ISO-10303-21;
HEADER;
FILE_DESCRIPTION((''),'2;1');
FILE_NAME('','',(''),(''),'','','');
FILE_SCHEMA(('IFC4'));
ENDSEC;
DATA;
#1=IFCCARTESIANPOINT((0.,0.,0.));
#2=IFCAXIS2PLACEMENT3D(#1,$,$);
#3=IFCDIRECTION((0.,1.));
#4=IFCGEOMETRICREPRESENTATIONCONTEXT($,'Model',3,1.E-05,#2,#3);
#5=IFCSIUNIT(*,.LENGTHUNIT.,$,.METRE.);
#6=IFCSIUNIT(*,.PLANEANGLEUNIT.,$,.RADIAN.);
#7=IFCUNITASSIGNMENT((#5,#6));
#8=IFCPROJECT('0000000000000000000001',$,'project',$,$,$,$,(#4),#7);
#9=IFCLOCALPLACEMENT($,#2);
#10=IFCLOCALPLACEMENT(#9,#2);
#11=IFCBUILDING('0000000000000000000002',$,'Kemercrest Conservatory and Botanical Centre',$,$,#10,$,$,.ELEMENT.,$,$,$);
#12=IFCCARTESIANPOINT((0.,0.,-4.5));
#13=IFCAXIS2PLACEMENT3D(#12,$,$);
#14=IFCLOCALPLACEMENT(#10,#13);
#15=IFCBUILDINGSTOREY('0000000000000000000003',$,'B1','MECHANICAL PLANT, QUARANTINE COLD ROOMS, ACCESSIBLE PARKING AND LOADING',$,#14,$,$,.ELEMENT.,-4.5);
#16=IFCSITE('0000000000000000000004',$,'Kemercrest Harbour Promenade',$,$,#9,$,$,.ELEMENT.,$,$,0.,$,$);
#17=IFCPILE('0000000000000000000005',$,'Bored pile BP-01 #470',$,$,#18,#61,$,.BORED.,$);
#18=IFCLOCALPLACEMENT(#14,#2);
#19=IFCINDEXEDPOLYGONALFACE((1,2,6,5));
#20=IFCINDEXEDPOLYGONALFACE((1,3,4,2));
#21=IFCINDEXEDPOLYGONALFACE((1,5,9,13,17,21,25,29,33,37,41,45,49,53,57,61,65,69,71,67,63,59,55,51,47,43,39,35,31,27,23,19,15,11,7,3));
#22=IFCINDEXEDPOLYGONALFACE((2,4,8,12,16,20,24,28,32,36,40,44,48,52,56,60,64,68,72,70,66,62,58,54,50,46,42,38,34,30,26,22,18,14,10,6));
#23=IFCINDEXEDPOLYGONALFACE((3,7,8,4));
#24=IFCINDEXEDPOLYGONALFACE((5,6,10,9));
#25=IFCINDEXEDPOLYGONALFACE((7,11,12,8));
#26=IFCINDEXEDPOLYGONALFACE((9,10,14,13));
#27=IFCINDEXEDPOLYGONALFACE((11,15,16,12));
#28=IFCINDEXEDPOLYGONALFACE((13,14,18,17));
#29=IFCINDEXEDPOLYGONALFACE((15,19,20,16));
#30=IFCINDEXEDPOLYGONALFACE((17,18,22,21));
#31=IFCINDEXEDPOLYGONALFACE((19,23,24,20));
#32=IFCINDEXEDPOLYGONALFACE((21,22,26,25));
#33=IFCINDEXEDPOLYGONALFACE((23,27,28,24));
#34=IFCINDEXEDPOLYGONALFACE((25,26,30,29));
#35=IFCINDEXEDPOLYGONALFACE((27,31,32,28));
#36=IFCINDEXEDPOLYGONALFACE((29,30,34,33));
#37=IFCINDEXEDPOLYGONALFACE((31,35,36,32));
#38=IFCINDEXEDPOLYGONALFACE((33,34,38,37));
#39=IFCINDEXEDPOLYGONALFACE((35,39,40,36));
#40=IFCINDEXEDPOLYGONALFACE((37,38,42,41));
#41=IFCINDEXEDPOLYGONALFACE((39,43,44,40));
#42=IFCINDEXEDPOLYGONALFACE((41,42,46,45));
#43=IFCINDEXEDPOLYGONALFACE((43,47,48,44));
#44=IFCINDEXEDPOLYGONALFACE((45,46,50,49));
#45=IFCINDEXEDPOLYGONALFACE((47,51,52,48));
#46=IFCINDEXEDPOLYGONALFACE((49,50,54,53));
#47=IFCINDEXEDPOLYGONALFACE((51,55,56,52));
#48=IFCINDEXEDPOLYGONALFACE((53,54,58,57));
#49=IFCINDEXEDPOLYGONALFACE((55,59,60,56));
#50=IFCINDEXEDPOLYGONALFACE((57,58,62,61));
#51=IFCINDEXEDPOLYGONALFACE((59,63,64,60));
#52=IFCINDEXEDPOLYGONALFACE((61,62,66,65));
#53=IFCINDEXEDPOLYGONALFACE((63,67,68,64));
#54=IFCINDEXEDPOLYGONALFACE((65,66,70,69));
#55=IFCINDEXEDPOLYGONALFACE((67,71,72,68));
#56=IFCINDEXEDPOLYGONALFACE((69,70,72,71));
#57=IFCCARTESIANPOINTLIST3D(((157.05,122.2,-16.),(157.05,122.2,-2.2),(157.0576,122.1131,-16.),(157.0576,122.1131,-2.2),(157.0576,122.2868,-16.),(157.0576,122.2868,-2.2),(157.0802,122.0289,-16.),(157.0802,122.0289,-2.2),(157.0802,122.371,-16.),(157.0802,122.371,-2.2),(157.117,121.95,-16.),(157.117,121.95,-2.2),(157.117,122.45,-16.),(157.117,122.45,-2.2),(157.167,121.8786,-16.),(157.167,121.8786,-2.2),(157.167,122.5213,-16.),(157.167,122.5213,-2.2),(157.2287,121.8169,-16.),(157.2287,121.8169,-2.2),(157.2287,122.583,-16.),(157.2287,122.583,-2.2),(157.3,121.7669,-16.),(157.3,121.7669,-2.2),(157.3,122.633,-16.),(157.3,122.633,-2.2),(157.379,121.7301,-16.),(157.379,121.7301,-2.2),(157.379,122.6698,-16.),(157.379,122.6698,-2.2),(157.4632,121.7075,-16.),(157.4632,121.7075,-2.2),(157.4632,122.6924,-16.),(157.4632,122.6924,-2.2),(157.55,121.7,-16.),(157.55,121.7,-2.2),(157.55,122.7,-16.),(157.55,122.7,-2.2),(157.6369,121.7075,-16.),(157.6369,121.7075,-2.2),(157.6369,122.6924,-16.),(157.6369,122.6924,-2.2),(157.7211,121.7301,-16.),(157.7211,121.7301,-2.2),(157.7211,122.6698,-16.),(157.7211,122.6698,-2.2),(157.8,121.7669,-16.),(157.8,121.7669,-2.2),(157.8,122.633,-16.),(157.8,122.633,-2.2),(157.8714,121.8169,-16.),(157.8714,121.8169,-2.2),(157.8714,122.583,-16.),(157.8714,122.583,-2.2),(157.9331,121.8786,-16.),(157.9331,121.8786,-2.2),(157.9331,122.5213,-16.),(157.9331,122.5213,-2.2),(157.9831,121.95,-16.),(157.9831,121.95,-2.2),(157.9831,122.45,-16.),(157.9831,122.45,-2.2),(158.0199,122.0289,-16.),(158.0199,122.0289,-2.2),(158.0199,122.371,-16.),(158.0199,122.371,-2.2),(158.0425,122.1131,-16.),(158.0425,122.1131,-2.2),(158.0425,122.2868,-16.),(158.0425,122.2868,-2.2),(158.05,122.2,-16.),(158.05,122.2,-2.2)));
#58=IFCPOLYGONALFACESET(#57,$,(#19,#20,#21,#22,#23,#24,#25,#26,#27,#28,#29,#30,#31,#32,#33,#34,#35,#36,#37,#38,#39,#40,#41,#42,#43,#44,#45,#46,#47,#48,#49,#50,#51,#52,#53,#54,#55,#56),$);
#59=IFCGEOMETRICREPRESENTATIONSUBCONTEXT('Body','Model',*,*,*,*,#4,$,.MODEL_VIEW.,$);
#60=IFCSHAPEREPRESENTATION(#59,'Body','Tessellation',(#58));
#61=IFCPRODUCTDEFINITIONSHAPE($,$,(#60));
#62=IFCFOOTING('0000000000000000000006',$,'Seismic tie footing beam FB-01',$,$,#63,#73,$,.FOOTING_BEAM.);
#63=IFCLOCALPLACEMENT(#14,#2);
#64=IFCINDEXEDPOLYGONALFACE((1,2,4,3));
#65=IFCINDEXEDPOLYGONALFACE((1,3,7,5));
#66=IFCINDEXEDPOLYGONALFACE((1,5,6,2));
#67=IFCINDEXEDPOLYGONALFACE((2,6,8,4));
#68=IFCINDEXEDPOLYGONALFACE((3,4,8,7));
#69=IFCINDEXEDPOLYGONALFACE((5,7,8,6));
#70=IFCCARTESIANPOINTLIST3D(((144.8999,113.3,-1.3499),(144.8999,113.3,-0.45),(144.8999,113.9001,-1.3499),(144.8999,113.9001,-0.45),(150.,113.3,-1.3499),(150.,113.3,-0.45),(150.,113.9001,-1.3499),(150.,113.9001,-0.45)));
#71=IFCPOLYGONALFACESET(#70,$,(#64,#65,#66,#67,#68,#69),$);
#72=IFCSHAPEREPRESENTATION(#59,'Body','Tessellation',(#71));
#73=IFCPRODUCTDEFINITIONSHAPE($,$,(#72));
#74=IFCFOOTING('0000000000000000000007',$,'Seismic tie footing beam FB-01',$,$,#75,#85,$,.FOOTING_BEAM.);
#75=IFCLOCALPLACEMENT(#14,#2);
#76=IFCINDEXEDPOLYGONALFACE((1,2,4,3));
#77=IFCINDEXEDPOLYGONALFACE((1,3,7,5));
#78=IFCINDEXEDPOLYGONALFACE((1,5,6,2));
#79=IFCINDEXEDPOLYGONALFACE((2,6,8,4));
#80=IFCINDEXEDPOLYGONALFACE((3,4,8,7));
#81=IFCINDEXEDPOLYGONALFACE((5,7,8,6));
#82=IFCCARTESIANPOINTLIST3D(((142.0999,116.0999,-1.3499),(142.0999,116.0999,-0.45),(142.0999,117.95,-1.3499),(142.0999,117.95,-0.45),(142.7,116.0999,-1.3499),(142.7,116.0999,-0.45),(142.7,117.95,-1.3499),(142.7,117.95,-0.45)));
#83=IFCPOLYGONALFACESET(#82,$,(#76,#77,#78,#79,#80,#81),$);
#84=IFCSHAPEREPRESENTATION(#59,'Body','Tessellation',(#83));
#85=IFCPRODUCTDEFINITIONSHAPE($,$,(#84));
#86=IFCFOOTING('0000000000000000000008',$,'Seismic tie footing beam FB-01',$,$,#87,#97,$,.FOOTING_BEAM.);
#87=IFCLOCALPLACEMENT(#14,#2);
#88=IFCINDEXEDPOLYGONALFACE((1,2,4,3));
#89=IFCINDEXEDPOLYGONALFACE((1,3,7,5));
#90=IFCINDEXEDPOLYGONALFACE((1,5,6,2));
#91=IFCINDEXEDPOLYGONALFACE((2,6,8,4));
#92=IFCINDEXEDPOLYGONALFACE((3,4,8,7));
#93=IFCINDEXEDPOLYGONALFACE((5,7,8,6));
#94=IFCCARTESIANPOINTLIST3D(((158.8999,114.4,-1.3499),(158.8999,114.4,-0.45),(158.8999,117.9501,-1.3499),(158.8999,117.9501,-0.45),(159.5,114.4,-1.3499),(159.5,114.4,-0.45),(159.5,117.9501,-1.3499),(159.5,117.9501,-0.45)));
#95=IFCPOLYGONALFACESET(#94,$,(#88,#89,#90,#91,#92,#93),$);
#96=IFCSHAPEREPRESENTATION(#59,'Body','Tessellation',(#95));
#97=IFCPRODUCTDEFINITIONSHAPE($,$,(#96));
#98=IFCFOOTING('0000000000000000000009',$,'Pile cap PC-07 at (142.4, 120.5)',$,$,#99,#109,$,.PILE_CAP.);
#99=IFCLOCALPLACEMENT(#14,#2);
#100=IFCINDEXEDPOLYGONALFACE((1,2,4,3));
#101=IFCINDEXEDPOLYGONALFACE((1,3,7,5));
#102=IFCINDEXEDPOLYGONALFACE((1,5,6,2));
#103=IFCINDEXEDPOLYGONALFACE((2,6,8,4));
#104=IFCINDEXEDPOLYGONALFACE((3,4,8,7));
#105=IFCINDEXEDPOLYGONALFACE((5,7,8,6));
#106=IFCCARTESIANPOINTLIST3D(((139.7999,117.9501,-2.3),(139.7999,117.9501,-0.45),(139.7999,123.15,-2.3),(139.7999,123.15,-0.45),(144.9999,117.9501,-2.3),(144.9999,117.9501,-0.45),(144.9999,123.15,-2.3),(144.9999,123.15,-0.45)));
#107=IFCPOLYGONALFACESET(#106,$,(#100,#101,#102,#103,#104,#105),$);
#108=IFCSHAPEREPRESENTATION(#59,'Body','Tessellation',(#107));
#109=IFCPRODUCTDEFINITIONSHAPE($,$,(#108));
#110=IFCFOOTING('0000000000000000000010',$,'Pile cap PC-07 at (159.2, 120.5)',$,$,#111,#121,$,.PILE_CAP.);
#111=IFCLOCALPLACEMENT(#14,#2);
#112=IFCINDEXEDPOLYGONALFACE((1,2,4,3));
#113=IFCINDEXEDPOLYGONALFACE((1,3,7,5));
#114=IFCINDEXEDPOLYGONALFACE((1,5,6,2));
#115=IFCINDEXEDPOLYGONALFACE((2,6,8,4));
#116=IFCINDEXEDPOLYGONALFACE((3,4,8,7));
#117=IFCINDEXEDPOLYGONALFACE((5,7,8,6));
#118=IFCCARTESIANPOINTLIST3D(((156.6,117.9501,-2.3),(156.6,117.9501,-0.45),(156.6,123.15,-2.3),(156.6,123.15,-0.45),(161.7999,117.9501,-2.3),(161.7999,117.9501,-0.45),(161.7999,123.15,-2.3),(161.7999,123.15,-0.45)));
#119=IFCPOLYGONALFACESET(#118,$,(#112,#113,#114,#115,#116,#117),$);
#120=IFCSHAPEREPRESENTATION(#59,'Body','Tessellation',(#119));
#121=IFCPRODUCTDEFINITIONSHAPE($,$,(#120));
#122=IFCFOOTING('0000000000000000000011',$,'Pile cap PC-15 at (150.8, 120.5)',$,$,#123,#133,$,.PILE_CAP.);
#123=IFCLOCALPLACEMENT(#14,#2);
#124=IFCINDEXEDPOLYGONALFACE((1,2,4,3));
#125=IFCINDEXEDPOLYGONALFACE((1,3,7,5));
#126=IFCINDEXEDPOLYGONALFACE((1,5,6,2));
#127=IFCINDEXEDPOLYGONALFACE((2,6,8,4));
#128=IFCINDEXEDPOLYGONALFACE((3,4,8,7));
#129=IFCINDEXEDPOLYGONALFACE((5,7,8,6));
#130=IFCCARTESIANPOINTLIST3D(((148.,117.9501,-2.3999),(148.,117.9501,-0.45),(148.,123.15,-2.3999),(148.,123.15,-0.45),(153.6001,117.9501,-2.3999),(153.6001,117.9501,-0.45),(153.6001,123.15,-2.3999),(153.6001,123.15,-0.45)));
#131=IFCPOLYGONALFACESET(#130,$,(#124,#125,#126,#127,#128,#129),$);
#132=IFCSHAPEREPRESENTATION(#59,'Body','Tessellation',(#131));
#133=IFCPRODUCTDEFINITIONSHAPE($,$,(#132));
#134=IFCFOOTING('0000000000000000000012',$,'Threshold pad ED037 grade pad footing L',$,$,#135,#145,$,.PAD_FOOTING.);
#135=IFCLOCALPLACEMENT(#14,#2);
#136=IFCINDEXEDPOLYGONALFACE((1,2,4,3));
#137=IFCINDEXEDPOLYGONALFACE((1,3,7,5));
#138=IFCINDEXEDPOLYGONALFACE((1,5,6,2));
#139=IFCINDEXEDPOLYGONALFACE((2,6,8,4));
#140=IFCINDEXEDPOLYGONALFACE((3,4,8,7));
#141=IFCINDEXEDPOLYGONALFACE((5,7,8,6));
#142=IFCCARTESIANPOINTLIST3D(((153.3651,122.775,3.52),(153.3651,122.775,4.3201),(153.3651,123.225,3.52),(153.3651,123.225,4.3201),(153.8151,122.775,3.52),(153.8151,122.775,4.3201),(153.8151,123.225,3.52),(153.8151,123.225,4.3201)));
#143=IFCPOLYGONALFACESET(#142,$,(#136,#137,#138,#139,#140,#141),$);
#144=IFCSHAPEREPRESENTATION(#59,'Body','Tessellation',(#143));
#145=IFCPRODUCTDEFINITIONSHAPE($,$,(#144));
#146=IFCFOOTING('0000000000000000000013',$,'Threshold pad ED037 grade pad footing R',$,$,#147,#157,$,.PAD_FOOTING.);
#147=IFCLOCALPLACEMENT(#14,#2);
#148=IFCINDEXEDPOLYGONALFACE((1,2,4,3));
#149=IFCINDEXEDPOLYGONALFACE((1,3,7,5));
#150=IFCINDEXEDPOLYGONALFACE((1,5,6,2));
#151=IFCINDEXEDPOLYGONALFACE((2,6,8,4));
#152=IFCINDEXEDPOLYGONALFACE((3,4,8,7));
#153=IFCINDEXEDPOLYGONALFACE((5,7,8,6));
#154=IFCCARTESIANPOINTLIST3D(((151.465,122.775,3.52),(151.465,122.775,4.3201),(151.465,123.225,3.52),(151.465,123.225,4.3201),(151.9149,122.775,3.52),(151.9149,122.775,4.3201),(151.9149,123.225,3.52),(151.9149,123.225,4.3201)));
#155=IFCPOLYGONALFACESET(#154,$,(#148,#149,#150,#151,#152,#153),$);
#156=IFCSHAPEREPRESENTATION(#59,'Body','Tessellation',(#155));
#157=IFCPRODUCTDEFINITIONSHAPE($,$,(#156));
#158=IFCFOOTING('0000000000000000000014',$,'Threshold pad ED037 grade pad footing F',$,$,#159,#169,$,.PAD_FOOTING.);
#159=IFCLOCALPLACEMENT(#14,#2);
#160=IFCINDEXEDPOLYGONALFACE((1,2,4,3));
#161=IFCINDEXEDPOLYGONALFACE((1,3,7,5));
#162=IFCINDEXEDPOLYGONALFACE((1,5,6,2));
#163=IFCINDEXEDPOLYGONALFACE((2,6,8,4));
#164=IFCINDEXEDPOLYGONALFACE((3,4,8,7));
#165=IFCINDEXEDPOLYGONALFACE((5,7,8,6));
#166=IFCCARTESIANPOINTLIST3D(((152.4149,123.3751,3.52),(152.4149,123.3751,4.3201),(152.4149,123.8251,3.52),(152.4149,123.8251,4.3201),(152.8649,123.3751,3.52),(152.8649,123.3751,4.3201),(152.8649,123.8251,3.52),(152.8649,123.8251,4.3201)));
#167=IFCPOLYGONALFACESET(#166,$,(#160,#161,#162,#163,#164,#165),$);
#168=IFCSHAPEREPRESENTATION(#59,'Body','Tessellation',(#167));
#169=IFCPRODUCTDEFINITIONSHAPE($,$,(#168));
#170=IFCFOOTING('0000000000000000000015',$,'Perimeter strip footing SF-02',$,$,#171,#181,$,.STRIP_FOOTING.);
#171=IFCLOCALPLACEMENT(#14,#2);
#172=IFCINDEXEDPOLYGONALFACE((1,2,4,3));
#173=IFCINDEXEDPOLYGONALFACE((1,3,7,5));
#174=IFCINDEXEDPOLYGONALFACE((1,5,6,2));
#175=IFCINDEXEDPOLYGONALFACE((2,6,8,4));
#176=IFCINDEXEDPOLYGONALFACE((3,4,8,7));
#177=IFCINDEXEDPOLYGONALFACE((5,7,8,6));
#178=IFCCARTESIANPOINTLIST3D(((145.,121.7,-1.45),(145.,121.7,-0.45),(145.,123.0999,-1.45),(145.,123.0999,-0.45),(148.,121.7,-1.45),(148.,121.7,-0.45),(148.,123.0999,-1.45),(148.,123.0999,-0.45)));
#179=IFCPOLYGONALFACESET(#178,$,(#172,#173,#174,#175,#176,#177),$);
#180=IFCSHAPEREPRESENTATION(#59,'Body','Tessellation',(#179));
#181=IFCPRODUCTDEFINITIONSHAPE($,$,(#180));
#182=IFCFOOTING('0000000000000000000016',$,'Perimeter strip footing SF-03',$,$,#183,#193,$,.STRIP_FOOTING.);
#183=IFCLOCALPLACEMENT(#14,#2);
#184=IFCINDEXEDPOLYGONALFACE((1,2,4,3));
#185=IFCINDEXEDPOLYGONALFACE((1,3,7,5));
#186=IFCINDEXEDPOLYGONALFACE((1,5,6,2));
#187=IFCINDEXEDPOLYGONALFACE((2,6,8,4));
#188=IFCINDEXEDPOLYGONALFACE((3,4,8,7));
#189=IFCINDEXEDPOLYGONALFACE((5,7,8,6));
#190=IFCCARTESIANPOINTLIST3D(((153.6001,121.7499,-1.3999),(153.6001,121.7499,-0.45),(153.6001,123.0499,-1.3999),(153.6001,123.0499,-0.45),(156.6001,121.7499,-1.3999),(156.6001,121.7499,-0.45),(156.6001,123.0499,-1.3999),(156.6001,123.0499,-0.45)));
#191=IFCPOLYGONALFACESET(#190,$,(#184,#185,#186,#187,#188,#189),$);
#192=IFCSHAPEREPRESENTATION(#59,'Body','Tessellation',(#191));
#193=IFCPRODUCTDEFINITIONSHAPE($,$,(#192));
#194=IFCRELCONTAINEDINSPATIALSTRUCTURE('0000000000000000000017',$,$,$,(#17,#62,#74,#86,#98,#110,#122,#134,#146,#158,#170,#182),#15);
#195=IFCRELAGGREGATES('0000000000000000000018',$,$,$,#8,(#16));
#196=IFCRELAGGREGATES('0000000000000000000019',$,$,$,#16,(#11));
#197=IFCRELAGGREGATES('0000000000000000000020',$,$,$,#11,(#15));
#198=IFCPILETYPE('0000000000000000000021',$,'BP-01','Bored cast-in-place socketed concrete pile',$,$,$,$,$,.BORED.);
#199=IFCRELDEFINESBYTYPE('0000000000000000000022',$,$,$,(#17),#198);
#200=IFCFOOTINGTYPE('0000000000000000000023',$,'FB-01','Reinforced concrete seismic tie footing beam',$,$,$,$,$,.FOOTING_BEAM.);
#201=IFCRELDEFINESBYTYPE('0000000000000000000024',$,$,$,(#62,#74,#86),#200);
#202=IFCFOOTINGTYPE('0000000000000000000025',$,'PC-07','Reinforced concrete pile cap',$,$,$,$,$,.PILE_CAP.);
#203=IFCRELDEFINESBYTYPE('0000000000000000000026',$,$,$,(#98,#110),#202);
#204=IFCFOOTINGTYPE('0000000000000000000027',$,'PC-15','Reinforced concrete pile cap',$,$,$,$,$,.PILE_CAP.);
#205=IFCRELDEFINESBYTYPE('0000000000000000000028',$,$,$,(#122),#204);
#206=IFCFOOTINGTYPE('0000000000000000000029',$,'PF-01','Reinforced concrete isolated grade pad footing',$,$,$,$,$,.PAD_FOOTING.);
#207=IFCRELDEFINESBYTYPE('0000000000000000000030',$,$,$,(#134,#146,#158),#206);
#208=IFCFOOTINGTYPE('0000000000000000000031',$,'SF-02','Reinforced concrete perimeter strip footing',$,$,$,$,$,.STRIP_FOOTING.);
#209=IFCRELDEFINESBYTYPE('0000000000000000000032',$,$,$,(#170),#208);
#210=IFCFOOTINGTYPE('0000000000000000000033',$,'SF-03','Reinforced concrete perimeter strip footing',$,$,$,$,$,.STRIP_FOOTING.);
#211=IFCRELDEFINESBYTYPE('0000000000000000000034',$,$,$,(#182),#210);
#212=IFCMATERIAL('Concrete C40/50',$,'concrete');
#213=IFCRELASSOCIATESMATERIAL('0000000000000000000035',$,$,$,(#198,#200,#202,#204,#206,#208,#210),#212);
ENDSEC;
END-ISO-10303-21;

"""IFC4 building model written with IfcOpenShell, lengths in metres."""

from ifc_helpers import new_model, si_unit, direction, frame, origin, origin_2d, place, context, subcontext, project, spatial, rectangle, circle, extrude, material, material_profile, profile_set, type_object, element, save


model = new_model("IFC4")

# Units and contexts
model_context = context("Model", 3, precision=1e-05, world=origin(), true_north=direction((0.0, 1.0)))
body_context = subcontext(model_context, "Body", "Model", "MODEL_VIEW")
ifc_project = project(units=[si_unit("LENGTHUNIT", "METRE"), si_unit("PLANEANGLEUNIT", "RADIAN")], contexts=[model_context])

# Site, building, storey
site_placement = place(None, origin())
site = spatial("IfcSite", under=ifc_project, at=site_placement, Name="Kemercrest Harbour Promenade", CompositionType="ELEMENT", RefElevation=0.0)
building_placement = place(site_placement, origin())
building = spatial("IfcBuilding", under=site, at=building_placement, Name="Kemercrest Conservatory and Botanical Centre", CompositionType="ELEMENT")
storey_placement = place(building_placement, frame((0.0, 0.0, -4.5)))
storey = spatial("IfcBuildingStorey", under=building, at=storey_placement, Name="B1", Description="MECHANICAL PLANT, QUARANTINE COLD ROOMS, ACCESSIBLE PARKING AND LOADING", CompositionType="ELEMENT", Elevation=-4.5)

# Pile
ifc_material_1 = material(Name="Concrete C40/50", Category="concrete")
ifc_material_profile_1 = material_profile(ifc_material_1, circle(Radius=0.5, at=origin_2d()), Name="BORED PILE 1000")
ifc_profile_set_1 = profile_set([ifc_material_profile_1], Name="Concrete C40/50")
pile_type = type_object("IfcPileType", Name="BP-01", Description="Bored cast-in-place socketed concrete pile", PredefinedType="BORED", material=ifc_profile_set_1)
for number, where, z_axis, x_axis, name in (
    (1, (157.55, 122.2, -2.2), (0.0, 0.0, -1.0), (1.0, 0.0, 0.0), "Bored pile BP-01 #470"),
):
    element("IfcPile", number, at=place(storey_placement, frame(where, z_axis=z_axis, x_axis=x_axis)), inside=storey, type_object=pile_type, Name=name, PredefinedType="BORED", context=body_context, shape_type="SweptSolid", body=[
        extrude(circle(Radius=0.5, at=origin_2d()), origin(), (0.0, 0.0, 1.0), 13.8),
    ])

# Footings
footing_type_1 = type_object("IfcFootingType", Name="FB-01", Description="Reinforced concrete seismic tie footing beam", PredefinedType="FOOTING_BEAM", material=ifc_material_1)
footing_1_placement = place(storey_placement, frame((147.45, 113.6001, -1.3499), z_axis=(0.0, 0.0, 1.0), x_axis=(1.0, 0.0, 0.0)))
element("IfcFooting", 2, at=footing_1_placement, inside=storey, type_object=footing_type_1, Name="Seismic tie footing beam FB-01", PredefinedType="FOOTING_BEAM", context=body_context, shape_type="SweptSolid", body=[
    extrude(rectangle(XDim=5.1001, YDim=0.6001, at=origin_2d()), origin(), (0.0, 0.0, 1.0), 0.8999),
])
footing_2_placement = place(storey_placement, frame((142.3999, 117.0249, -1.3499), z_axis=(0.0, 0.0, 1.0), x_axis=(1.0, 0.0, 0.0)))
element("IfcFooting", 3, at=footing_2_placement, inside=storey, type_object=footing_type_1, Name="Seismic tie footing beam FB-01", PredefinedType="FOOTING_BEAM", context=body_context, shape_type="SweptSolid", body=[
    extrude(rectangle(XDim=0.6001, YDim=1.8501, at=origin_2d()), origin(), (0.0, 0.0, 1.0), 0.8999),
])
footing_3_placement = place(storey_placement, frame((159.2, 116.175, -1.3499), z_axis=(0.0, 0.0, 1.0), x_axis=(1.0, 0.0, 0.0)))
element("IfcFooting", 4, at=footing_3_placement, inside=storey, type_object=footing_type_1, Name="Seismic tie footing beam FB-01", PredefinedType="FOOTING_BEAM", context=body_context, shape_type="SweptSolid", body=[
    extrude(rectangle(XDim=0.6001, YDim=3.55, at=origin_2d()), origin(), (0.0, 0.0, 1.0), 0.8999),
])
footing_type_2 = type_object("IfcFootingType", Name="PC-07", Description="Reinforced concrete pile cap", PredefinedType="PILE_CAP", material=ifc_material_1)
for number, where, z_axis, x_axis, name in (
    (5, (142.3999, 120.55, -2.3), (0.0, 0.0, 1.0), (1.0, 0.0, 0.0), "Pile cap PC-07 at (142.4, 120.5)"),
    (6, (159.2, 120.55, -2.3), (0.0, 0.0, 1.0), (1.0, 0.0, 0.0), "Pile cap PC-07 at (159.2, 120.5)"),
):
    element("IfcFooting", number, at=place(storey_placement, frame(where, z_axis=z_axis, x_axis=x_axis)), inside=storey, type_object=footing_type_2, Name=name, PredefinedType="PILE_CAP", context=body_context, shape_type="SweptSolid", body=[
        extrude(rectangle(XDim=5.2, YDim=5.2, at=origin_2d()), origin(), (0.0, 0.0, 1.0), 1.8501),
    ])
footing_type_3 = type_object("IfcFootingType", Name="PC-15", Description="Reinforced concrete pile cap", PredefinedType="PILE_CAP", material=ifc_material_1)
footing_4_placement = place(storey_placement, frame((150.8, 120.55, -2.3999), z_axis=(0.0, 0.0, 1.0), x_axis=(1.0, 0.0, 0.0)))
element("IfcFooting", 7, at=footing_4_placement, inside=storey, type_object=footing_type_3, Name="Pile cap PC-15 at (150.8, 120.5)", PredefinedType="PILE_CAP", context=body_context, shape_type="SweptSolid", body=[
    extrude(rectangle(XDim=5.6001, YDim=5.2, at=origin_2d()), origin(), (0.0, 0.0, 1.0), 1.95),
])
footing_type_4 = type_object("IfcFootingType", Name="PF-01", Description="Reinforced concrete isolated grade pad footing", PredefinedType="PAD_FOOTING", material=ifc_material_1)
for number, where, z_axis, x_axis, name in (
    (8, (153.5901, 123.0, 3.52), (0.0, 0.0, 1.0), (-1.0, 0.0, 0.0), "Threshold pad ED037 grade pad footing L"),
    (9, (151.6899, 123.0, 3.52), (0.0, 0.0, 1.0), (-1.0, 0.0, 0.0), "Threshold pad ED037 grade pad footing R"),
    (10, (152.6399, 123.6001, 3.52), (0.0, 0.0, 1.0), (-1.0, 0.0, 0.0), "Threshold pad ED037 grade pad footing F"),
):
    element("IfcFooting", number, at=place(storey_placement, frame(where, z_axis=z_axis, x_axis=x_axis)), inside=storey, type_object=footing_type_4, Name=name, PredefinedType="PAD_FOOTING", context=body_context, shape_type="SweptSolid", body=[
        extrude(rectangle(XDim=0.45, YDim=0.45, at=origin_2d()), origin(), (0.0, 0.0, 1.0), 0.8),
    ])
footing_type_5 = type_object("IfcFootingType", Name="SF-02", Description="Reinforced concrete perimeter strip footing", PredefinedType="STRIP_FOOTING", material=ifc_material_1)
footing_5_placement = place(storey_placement, frame((146.5, 122.3999, -1.45), z_axis=(0.0, 0.0, 1.0), x_axis=(1.0, 0.0, 0.0)))
element("IfcFooting", 11, at=footing_5_placement, inside=storey, type_object=footing_type_5, Name="Perimeter strip footing SF-02", PredefinedType="STRIP_FOOTING", context=body_context, shape_type="SweptSolid", body=[
    extrude(rectangle(XDim=3.0, YDim=1.3999, at=origin_2d()), origin(), (0.0, 0.0, 1.0), 1.0),
])
footing_type_6 = type_object("IfcFootingType", Name="SF-03", Description="Reinforced concrete perimeter strip footing", PredefinedType="STRIP_FOOTING", material=ifc_material_1)
footing_6_placement = place(storey_placement, frame((155.1001, 122.3999, -1.3999), z_axis=(0.0, 0.0, 1.0), x_axis=(1.0, 0.0, 0.0)))
element("IfcFooting", 12, at=footing_6_placement, inside=storey, type_object=footing_type_6, Name="Perimeter strip footing SF-03", PredefinedType="STRIP_FOOTING", context=body_context, shape_type="SweptSolid", body=[
    extrude(rectangle(XDim=3.0, YDim=1.3, at=origin_2d()), origin(), (0.0, 0.0, 1.0), 0.95),
])

save(model, "model.ifc")
